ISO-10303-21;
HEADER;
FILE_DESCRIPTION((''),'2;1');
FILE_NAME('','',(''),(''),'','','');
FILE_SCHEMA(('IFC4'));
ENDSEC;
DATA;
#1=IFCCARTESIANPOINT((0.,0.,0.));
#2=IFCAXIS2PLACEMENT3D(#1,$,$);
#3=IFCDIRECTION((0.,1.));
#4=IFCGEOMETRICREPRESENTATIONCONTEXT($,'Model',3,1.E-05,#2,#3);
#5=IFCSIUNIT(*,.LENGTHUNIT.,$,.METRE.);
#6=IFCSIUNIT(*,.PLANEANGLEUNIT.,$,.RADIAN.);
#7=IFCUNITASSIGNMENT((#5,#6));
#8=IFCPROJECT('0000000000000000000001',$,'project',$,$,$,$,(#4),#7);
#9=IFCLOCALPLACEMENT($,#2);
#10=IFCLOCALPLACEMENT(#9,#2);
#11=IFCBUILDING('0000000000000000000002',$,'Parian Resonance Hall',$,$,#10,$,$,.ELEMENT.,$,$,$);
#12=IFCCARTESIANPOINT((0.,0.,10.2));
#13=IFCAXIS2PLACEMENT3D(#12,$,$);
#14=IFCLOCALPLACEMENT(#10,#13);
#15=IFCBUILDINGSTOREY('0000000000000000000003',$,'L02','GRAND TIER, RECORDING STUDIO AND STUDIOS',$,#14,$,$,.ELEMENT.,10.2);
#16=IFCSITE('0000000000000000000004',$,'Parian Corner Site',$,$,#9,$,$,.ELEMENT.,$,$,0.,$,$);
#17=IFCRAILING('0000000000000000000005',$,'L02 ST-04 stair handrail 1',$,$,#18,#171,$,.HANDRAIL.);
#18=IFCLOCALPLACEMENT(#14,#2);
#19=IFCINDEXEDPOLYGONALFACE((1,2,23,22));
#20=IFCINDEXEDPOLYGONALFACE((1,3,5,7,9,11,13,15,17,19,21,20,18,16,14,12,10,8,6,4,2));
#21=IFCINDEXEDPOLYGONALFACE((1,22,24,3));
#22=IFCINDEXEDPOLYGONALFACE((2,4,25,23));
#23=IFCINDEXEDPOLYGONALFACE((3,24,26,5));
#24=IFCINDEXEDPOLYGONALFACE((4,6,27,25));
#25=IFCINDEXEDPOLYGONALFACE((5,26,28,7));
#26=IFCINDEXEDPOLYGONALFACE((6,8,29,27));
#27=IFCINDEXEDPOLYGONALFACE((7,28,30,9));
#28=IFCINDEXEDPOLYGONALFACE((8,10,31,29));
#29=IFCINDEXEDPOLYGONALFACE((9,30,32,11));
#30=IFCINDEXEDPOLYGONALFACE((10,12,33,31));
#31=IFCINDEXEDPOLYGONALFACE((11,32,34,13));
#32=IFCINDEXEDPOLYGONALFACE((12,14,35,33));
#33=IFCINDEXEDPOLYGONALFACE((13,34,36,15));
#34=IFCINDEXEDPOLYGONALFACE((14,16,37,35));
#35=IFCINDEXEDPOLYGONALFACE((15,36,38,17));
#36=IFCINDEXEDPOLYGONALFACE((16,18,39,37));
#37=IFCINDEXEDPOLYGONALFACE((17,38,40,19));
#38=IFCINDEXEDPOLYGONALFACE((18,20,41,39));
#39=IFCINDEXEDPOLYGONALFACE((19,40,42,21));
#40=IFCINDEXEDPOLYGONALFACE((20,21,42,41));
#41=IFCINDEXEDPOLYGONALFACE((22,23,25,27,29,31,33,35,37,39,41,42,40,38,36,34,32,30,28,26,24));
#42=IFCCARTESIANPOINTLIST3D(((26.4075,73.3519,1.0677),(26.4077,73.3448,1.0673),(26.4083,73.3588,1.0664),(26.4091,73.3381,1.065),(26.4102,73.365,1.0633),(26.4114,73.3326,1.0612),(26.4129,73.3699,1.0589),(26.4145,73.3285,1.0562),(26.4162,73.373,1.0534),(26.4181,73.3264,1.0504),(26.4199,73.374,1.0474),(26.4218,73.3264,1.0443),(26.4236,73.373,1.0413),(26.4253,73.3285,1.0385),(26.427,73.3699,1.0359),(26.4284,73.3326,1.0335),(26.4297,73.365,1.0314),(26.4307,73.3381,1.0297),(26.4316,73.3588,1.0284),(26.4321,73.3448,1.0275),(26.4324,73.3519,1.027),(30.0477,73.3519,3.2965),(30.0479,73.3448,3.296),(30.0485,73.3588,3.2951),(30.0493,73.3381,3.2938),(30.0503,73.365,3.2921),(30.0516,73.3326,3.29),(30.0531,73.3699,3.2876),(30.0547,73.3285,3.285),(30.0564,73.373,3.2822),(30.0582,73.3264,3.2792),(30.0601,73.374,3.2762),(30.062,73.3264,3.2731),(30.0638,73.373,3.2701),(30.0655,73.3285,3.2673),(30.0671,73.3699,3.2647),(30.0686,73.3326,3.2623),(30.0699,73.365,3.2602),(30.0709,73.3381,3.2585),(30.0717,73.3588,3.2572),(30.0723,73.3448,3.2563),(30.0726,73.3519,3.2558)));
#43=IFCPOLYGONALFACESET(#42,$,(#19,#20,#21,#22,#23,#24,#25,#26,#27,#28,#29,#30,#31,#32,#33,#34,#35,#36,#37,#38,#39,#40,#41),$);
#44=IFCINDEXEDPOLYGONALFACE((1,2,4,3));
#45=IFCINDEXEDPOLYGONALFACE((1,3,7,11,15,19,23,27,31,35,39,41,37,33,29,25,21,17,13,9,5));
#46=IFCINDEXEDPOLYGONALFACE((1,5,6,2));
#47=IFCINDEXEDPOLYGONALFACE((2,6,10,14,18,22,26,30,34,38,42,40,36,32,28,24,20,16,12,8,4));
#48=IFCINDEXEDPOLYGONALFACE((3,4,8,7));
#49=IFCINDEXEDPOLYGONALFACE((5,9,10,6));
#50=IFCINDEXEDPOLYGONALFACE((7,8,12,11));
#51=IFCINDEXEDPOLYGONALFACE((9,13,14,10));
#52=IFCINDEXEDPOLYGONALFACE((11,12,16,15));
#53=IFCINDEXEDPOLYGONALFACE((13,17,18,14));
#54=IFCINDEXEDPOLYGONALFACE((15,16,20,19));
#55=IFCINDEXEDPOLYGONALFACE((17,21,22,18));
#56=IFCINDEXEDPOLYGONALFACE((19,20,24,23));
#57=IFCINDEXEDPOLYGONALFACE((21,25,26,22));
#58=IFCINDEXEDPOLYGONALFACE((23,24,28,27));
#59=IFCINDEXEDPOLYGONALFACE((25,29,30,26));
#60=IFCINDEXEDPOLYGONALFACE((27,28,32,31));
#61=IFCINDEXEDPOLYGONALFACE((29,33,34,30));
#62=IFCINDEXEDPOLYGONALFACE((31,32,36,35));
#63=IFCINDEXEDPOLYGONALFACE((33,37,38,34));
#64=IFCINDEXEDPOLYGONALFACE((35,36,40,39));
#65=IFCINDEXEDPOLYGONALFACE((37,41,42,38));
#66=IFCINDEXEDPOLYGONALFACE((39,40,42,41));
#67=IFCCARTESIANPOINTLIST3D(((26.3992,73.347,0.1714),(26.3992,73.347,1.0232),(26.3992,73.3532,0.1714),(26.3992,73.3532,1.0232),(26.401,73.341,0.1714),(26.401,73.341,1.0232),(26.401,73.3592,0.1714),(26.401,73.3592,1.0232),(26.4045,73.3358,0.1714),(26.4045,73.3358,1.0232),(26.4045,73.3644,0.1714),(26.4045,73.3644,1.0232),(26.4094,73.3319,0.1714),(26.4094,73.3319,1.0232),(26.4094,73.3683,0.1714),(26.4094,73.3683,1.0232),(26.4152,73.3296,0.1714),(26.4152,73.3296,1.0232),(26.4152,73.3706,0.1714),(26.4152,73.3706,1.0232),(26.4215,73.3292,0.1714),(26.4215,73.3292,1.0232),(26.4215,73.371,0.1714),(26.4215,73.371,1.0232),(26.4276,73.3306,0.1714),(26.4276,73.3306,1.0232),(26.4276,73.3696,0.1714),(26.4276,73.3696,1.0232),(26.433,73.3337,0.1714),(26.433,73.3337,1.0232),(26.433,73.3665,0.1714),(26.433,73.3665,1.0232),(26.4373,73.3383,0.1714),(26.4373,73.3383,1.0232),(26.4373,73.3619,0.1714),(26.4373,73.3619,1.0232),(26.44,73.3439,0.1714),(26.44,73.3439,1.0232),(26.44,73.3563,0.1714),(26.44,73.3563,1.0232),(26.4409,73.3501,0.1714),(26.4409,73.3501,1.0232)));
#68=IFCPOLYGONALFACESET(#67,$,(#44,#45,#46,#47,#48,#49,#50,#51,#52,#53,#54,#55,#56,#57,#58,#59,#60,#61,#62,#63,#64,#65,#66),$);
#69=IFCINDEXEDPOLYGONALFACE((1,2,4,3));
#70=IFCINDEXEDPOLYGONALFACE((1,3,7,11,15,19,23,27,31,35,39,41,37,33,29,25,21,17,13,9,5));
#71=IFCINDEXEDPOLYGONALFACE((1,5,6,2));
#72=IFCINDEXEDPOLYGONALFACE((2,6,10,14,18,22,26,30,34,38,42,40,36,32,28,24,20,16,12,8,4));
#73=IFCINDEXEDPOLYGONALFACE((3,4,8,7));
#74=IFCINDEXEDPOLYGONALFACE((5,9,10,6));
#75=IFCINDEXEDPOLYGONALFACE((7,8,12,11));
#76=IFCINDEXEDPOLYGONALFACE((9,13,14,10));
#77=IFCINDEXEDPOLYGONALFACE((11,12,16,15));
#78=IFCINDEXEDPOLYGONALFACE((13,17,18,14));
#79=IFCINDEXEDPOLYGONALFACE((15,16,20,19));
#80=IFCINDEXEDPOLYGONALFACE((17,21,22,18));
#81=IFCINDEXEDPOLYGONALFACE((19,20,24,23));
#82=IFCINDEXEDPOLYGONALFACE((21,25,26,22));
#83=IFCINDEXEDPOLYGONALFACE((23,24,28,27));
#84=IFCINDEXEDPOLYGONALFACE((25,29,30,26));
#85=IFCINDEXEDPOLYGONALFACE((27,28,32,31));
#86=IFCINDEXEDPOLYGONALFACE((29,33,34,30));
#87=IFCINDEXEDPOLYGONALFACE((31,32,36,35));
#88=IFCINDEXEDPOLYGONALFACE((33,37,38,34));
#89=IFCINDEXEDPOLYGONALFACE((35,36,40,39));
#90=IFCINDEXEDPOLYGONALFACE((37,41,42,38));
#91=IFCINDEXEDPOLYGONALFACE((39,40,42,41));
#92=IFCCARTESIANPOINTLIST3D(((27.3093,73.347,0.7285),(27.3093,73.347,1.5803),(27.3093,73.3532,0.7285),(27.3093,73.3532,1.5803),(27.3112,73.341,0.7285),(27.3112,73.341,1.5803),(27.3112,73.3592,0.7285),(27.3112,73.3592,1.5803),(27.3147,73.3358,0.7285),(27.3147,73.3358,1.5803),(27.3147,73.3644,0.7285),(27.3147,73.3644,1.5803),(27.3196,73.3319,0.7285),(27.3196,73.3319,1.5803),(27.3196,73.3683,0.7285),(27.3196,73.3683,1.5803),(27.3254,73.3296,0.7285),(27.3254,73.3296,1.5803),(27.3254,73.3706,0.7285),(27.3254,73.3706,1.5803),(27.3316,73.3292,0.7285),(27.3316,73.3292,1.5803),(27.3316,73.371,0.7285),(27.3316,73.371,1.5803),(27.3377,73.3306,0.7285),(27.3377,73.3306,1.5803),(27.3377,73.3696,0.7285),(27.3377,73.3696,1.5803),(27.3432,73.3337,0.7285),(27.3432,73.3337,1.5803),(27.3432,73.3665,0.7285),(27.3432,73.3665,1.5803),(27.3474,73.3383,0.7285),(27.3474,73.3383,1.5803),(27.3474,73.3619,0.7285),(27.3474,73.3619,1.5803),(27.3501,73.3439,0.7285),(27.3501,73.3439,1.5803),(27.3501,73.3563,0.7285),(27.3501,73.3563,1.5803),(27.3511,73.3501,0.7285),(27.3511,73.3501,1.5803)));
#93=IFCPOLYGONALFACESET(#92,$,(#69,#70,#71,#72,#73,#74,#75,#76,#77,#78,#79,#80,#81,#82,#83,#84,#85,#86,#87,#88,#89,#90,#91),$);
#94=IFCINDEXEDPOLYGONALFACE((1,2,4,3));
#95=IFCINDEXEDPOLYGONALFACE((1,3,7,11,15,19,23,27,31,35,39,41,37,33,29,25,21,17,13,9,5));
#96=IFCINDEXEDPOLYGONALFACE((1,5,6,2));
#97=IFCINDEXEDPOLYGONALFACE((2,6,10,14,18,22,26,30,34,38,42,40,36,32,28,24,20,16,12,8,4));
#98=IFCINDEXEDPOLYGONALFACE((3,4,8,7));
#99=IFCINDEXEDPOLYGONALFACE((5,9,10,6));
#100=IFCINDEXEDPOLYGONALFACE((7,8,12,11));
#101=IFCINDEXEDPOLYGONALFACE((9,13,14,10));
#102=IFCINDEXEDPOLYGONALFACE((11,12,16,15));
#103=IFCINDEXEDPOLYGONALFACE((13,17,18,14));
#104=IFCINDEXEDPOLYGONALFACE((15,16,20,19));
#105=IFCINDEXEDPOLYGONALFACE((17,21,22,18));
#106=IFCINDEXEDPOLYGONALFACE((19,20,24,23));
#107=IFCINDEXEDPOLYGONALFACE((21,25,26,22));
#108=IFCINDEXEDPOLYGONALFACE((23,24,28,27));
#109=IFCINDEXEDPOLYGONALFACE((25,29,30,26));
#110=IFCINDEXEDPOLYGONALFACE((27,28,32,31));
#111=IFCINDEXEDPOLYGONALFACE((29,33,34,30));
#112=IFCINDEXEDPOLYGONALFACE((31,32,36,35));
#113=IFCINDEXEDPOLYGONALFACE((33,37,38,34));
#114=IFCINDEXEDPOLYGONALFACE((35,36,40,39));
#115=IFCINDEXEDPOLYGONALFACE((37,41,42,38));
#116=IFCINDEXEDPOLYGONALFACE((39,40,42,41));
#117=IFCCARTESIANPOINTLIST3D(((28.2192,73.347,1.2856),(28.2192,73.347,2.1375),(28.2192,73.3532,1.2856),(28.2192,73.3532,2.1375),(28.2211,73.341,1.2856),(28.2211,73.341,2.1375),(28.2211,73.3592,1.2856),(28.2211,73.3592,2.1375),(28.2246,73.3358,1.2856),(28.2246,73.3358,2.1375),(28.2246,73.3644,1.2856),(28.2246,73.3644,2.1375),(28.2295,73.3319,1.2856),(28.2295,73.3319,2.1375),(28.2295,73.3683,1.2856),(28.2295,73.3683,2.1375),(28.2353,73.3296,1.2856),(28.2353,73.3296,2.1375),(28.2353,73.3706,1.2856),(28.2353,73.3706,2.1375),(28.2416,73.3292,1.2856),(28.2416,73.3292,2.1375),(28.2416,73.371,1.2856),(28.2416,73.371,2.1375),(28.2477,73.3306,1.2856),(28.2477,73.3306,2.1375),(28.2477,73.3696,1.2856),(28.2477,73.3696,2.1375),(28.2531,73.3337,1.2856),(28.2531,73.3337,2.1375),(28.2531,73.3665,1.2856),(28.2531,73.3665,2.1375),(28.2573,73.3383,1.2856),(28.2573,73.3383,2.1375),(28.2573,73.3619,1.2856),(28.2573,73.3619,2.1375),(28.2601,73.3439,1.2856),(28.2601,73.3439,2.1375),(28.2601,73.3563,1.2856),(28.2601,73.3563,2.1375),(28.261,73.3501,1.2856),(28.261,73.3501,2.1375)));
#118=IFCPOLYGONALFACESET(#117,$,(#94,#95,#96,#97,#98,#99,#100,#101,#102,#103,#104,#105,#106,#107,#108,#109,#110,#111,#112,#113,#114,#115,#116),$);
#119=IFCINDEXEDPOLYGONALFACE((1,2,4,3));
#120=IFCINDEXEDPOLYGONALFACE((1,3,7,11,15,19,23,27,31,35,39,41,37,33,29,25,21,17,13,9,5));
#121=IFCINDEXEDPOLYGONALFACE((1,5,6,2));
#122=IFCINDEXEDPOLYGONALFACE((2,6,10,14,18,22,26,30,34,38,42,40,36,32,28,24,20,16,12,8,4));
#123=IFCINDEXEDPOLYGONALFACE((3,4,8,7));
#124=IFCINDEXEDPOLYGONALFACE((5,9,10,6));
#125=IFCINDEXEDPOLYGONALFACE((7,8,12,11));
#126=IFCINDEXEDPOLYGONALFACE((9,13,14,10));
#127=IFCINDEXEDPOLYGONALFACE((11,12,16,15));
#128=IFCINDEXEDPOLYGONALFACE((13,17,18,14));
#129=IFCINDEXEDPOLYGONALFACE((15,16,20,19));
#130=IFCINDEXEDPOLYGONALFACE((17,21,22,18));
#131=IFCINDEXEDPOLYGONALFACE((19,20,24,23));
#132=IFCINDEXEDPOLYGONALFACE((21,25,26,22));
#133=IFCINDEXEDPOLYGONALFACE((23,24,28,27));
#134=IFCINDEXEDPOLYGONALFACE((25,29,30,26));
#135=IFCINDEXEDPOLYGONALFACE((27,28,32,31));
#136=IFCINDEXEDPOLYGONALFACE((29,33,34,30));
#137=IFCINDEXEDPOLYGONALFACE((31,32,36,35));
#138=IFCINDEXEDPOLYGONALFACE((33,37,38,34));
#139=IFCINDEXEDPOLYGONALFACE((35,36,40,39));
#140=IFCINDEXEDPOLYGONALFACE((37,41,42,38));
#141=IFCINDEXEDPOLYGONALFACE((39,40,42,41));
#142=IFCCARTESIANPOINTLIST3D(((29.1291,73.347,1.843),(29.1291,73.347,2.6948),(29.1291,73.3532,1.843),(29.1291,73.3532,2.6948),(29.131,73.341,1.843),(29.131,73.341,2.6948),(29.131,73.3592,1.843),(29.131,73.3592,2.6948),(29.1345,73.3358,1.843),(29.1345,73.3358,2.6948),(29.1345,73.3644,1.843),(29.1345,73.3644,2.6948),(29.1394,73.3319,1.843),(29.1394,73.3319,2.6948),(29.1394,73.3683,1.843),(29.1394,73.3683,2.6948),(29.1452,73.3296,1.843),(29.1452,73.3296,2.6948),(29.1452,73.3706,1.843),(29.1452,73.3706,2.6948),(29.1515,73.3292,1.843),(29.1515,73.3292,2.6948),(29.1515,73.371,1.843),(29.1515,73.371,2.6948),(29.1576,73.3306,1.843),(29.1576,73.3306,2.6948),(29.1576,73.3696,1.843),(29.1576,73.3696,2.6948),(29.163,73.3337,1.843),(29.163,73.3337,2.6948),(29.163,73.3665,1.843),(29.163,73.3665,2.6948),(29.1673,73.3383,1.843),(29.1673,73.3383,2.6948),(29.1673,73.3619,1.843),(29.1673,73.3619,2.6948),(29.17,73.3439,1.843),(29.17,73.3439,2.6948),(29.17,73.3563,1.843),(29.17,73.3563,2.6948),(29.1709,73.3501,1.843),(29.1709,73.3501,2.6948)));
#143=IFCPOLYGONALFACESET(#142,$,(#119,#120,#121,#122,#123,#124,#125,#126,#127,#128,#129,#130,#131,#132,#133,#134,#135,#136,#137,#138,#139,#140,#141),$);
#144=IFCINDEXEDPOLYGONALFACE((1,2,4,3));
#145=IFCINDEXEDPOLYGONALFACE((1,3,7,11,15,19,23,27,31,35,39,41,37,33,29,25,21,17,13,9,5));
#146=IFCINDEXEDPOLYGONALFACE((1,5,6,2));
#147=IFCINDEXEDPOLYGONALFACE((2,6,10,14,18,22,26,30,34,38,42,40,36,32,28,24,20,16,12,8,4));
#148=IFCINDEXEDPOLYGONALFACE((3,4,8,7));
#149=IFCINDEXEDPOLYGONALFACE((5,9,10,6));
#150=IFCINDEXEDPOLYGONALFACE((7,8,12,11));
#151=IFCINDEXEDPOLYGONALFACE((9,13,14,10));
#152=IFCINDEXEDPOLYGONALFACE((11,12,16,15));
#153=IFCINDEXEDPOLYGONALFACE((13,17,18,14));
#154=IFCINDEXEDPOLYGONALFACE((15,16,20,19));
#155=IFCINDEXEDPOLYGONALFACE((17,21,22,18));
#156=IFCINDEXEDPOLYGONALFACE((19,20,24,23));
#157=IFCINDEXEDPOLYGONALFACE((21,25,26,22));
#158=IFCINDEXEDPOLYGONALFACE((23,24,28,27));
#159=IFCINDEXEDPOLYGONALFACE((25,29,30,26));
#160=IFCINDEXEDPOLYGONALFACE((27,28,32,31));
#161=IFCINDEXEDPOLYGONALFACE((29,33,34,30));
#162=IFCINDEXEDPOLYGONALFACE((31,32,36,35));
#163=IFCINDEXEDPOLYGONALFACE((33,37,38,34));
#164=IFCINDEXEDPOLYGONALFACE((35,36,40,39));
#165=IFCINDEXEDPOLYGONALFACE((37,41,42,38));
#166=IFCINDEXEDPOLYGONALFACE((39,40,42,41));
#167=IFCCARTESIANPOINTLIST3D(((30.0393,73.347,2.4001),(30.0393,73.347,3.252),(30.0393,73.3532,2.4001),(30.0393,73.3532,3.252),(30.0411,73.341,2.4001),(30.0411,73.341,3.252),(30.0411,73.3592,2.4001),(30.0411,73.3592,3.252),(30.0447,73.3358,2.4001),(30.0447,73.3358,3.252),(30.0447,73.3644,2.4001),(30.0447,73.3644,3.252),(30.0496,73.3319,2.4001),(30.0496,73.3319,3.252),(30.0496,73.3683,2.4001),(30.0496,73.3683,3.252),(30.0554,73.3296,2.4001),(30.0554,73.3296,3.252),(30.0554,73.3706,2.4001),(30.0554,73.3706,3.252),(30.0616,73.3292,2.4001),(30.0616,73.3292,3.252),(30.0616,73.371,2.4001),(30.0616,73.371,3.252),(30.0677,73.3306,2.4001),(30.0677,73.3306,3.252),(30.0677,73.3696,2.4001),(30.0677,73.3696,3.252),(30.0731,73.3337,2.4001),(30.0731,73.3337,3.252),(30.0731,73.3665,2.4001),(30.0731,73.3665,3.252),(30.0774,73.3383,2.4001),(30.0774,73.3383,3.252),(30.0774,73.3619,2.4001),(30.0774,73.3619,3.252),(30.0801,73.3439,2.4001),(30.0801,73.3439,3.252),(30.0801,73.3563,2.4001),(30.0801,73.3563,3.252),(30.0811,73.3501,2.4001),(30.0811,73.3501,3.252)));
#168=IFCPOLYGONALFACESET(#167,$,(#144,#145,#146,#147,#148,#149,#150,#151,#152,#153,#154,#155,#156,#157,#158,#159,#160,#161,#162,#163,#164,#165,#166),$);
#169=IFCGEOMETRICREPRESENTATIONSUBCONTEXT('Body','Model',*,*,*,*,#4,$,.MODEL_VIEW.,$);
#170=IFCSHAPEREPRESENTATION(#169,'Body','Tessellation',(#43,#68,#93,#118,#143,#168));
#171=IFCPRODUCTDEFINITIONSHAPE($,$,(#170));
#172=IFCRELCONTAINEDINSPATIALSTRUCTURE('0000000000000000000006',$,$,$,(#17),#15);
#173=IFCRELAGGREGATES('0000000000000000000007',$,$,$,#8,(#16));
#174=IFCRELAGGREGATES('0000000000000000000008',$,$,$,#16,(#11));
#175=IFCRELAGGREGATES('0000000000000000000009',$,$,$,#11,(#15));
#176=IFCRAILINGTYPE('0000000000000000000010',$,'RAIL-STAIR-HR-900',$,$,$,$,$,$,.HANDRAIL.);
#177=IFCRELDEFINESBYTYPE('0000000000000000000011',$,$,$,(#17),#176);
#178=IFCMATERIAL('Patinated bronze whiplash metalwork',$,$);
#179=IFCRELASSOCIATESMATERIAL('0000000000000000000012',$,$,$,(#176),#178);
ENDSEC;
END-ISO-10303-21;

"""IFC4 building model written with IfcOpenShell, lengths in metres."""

from ifc_helpers import new_model, si_unit, direction, frame, origin, origin_2d, place, context, subcontext, project, spatial, circle, extrude, material, type_object, element, save


model = new_model("IFC4")

# Units and contexts
model_context = context("Model", 3, precision=1e-05, world=origin(), true_north=direction((0.0, 1.0)))
body_context = subcontext(model_context, "Body", "Model", "MODEL_VIEW")
ifc_project = project(units=[si_unit("LENGTHUNIT", "METRE"), si_unit("PLANEANGLEUNIT", "RADIAN")], contexts=[model_context])

# Site, building, storey
site_placement = place(None, origin())
site = spatial("IfcSite", under=ifc_project, at=site_placement, Name="Parian Corner Site", CompositionType="ELEMENT", RefElevation=0.0)
building_placement = place(site_placement, origin())
building = spatial("IfcBuilding", under=site, at=building_placement, Name="Parian Resonance Hall", CompositionType="ELEMENT")
storey_placement = place(building_placement, frame((0.0, 0.0, 10.2)))
storey = spatial("IfcBuildingStorey", under=building, at=storey_placement, Name="L02", Description="GRAND TIER, RECORDING STUDIO AND STUDIOS", CompositionType="ELEMENT", Elevation=10.2)

# Railing
ifc_material_1 = material(Name="Patinated bronze whiplash metalwork")
railing_type = type_object("IfcRailingType", Name="RAIL-STAIR-HR-900", PredefinedType="HANDRAIL", material=ifc_material_1)
railing_placement = place(storey_placement, frame((26.4199, 73.3501, 0.1714)))
element("IfcRailing", 1, at=railing_placement, inside=storey, type_object=railing_type, Name="L02 ST-04 stair handrail 1", PredefinedType="HANDRAIL", context=body_context, shape_type="SweptSolid", body=[
    extrude(circle(Radius=0.0239, at=origin_2d()), frame((0.0, 0.0, 0.876), z_axis=(0.85284, 0.0, 0.522172), x_axis=(0.0, 1.0, 0.0)), (0.0, 0.0, 1.0), 4.2683),
    extrude(circle(Radius=0.021, at=origin_2d()), origin(), (0.0, 0.0, 1.0), 0.8518),
    extrude(circle(Radius=0.021, at=origin_2d()), frame((0.9102, 0.0, 0.5571)), (0.0, 0.0, 1.0), 0.8518),
    extrude(circle(Radius=0.021, at=origin_2d()), frame((1.8201, 0.0, 1.1143)), (0.0, 0.0, 1.0), 0.8518),
    extrude(circle(Radius=0.021, at=origin_2d()), frame((2.73, 0.0, 1.6716)), (0.0, 0.0, 1.0), 0.8518),
    extrude(circle(Radius=0.021, at=origin_2d()), frame((3.6401, 0.0, 2.2288)), (0.0, 0.0, 1.0), 0.8518),
])

save(model, "model.ifc")
